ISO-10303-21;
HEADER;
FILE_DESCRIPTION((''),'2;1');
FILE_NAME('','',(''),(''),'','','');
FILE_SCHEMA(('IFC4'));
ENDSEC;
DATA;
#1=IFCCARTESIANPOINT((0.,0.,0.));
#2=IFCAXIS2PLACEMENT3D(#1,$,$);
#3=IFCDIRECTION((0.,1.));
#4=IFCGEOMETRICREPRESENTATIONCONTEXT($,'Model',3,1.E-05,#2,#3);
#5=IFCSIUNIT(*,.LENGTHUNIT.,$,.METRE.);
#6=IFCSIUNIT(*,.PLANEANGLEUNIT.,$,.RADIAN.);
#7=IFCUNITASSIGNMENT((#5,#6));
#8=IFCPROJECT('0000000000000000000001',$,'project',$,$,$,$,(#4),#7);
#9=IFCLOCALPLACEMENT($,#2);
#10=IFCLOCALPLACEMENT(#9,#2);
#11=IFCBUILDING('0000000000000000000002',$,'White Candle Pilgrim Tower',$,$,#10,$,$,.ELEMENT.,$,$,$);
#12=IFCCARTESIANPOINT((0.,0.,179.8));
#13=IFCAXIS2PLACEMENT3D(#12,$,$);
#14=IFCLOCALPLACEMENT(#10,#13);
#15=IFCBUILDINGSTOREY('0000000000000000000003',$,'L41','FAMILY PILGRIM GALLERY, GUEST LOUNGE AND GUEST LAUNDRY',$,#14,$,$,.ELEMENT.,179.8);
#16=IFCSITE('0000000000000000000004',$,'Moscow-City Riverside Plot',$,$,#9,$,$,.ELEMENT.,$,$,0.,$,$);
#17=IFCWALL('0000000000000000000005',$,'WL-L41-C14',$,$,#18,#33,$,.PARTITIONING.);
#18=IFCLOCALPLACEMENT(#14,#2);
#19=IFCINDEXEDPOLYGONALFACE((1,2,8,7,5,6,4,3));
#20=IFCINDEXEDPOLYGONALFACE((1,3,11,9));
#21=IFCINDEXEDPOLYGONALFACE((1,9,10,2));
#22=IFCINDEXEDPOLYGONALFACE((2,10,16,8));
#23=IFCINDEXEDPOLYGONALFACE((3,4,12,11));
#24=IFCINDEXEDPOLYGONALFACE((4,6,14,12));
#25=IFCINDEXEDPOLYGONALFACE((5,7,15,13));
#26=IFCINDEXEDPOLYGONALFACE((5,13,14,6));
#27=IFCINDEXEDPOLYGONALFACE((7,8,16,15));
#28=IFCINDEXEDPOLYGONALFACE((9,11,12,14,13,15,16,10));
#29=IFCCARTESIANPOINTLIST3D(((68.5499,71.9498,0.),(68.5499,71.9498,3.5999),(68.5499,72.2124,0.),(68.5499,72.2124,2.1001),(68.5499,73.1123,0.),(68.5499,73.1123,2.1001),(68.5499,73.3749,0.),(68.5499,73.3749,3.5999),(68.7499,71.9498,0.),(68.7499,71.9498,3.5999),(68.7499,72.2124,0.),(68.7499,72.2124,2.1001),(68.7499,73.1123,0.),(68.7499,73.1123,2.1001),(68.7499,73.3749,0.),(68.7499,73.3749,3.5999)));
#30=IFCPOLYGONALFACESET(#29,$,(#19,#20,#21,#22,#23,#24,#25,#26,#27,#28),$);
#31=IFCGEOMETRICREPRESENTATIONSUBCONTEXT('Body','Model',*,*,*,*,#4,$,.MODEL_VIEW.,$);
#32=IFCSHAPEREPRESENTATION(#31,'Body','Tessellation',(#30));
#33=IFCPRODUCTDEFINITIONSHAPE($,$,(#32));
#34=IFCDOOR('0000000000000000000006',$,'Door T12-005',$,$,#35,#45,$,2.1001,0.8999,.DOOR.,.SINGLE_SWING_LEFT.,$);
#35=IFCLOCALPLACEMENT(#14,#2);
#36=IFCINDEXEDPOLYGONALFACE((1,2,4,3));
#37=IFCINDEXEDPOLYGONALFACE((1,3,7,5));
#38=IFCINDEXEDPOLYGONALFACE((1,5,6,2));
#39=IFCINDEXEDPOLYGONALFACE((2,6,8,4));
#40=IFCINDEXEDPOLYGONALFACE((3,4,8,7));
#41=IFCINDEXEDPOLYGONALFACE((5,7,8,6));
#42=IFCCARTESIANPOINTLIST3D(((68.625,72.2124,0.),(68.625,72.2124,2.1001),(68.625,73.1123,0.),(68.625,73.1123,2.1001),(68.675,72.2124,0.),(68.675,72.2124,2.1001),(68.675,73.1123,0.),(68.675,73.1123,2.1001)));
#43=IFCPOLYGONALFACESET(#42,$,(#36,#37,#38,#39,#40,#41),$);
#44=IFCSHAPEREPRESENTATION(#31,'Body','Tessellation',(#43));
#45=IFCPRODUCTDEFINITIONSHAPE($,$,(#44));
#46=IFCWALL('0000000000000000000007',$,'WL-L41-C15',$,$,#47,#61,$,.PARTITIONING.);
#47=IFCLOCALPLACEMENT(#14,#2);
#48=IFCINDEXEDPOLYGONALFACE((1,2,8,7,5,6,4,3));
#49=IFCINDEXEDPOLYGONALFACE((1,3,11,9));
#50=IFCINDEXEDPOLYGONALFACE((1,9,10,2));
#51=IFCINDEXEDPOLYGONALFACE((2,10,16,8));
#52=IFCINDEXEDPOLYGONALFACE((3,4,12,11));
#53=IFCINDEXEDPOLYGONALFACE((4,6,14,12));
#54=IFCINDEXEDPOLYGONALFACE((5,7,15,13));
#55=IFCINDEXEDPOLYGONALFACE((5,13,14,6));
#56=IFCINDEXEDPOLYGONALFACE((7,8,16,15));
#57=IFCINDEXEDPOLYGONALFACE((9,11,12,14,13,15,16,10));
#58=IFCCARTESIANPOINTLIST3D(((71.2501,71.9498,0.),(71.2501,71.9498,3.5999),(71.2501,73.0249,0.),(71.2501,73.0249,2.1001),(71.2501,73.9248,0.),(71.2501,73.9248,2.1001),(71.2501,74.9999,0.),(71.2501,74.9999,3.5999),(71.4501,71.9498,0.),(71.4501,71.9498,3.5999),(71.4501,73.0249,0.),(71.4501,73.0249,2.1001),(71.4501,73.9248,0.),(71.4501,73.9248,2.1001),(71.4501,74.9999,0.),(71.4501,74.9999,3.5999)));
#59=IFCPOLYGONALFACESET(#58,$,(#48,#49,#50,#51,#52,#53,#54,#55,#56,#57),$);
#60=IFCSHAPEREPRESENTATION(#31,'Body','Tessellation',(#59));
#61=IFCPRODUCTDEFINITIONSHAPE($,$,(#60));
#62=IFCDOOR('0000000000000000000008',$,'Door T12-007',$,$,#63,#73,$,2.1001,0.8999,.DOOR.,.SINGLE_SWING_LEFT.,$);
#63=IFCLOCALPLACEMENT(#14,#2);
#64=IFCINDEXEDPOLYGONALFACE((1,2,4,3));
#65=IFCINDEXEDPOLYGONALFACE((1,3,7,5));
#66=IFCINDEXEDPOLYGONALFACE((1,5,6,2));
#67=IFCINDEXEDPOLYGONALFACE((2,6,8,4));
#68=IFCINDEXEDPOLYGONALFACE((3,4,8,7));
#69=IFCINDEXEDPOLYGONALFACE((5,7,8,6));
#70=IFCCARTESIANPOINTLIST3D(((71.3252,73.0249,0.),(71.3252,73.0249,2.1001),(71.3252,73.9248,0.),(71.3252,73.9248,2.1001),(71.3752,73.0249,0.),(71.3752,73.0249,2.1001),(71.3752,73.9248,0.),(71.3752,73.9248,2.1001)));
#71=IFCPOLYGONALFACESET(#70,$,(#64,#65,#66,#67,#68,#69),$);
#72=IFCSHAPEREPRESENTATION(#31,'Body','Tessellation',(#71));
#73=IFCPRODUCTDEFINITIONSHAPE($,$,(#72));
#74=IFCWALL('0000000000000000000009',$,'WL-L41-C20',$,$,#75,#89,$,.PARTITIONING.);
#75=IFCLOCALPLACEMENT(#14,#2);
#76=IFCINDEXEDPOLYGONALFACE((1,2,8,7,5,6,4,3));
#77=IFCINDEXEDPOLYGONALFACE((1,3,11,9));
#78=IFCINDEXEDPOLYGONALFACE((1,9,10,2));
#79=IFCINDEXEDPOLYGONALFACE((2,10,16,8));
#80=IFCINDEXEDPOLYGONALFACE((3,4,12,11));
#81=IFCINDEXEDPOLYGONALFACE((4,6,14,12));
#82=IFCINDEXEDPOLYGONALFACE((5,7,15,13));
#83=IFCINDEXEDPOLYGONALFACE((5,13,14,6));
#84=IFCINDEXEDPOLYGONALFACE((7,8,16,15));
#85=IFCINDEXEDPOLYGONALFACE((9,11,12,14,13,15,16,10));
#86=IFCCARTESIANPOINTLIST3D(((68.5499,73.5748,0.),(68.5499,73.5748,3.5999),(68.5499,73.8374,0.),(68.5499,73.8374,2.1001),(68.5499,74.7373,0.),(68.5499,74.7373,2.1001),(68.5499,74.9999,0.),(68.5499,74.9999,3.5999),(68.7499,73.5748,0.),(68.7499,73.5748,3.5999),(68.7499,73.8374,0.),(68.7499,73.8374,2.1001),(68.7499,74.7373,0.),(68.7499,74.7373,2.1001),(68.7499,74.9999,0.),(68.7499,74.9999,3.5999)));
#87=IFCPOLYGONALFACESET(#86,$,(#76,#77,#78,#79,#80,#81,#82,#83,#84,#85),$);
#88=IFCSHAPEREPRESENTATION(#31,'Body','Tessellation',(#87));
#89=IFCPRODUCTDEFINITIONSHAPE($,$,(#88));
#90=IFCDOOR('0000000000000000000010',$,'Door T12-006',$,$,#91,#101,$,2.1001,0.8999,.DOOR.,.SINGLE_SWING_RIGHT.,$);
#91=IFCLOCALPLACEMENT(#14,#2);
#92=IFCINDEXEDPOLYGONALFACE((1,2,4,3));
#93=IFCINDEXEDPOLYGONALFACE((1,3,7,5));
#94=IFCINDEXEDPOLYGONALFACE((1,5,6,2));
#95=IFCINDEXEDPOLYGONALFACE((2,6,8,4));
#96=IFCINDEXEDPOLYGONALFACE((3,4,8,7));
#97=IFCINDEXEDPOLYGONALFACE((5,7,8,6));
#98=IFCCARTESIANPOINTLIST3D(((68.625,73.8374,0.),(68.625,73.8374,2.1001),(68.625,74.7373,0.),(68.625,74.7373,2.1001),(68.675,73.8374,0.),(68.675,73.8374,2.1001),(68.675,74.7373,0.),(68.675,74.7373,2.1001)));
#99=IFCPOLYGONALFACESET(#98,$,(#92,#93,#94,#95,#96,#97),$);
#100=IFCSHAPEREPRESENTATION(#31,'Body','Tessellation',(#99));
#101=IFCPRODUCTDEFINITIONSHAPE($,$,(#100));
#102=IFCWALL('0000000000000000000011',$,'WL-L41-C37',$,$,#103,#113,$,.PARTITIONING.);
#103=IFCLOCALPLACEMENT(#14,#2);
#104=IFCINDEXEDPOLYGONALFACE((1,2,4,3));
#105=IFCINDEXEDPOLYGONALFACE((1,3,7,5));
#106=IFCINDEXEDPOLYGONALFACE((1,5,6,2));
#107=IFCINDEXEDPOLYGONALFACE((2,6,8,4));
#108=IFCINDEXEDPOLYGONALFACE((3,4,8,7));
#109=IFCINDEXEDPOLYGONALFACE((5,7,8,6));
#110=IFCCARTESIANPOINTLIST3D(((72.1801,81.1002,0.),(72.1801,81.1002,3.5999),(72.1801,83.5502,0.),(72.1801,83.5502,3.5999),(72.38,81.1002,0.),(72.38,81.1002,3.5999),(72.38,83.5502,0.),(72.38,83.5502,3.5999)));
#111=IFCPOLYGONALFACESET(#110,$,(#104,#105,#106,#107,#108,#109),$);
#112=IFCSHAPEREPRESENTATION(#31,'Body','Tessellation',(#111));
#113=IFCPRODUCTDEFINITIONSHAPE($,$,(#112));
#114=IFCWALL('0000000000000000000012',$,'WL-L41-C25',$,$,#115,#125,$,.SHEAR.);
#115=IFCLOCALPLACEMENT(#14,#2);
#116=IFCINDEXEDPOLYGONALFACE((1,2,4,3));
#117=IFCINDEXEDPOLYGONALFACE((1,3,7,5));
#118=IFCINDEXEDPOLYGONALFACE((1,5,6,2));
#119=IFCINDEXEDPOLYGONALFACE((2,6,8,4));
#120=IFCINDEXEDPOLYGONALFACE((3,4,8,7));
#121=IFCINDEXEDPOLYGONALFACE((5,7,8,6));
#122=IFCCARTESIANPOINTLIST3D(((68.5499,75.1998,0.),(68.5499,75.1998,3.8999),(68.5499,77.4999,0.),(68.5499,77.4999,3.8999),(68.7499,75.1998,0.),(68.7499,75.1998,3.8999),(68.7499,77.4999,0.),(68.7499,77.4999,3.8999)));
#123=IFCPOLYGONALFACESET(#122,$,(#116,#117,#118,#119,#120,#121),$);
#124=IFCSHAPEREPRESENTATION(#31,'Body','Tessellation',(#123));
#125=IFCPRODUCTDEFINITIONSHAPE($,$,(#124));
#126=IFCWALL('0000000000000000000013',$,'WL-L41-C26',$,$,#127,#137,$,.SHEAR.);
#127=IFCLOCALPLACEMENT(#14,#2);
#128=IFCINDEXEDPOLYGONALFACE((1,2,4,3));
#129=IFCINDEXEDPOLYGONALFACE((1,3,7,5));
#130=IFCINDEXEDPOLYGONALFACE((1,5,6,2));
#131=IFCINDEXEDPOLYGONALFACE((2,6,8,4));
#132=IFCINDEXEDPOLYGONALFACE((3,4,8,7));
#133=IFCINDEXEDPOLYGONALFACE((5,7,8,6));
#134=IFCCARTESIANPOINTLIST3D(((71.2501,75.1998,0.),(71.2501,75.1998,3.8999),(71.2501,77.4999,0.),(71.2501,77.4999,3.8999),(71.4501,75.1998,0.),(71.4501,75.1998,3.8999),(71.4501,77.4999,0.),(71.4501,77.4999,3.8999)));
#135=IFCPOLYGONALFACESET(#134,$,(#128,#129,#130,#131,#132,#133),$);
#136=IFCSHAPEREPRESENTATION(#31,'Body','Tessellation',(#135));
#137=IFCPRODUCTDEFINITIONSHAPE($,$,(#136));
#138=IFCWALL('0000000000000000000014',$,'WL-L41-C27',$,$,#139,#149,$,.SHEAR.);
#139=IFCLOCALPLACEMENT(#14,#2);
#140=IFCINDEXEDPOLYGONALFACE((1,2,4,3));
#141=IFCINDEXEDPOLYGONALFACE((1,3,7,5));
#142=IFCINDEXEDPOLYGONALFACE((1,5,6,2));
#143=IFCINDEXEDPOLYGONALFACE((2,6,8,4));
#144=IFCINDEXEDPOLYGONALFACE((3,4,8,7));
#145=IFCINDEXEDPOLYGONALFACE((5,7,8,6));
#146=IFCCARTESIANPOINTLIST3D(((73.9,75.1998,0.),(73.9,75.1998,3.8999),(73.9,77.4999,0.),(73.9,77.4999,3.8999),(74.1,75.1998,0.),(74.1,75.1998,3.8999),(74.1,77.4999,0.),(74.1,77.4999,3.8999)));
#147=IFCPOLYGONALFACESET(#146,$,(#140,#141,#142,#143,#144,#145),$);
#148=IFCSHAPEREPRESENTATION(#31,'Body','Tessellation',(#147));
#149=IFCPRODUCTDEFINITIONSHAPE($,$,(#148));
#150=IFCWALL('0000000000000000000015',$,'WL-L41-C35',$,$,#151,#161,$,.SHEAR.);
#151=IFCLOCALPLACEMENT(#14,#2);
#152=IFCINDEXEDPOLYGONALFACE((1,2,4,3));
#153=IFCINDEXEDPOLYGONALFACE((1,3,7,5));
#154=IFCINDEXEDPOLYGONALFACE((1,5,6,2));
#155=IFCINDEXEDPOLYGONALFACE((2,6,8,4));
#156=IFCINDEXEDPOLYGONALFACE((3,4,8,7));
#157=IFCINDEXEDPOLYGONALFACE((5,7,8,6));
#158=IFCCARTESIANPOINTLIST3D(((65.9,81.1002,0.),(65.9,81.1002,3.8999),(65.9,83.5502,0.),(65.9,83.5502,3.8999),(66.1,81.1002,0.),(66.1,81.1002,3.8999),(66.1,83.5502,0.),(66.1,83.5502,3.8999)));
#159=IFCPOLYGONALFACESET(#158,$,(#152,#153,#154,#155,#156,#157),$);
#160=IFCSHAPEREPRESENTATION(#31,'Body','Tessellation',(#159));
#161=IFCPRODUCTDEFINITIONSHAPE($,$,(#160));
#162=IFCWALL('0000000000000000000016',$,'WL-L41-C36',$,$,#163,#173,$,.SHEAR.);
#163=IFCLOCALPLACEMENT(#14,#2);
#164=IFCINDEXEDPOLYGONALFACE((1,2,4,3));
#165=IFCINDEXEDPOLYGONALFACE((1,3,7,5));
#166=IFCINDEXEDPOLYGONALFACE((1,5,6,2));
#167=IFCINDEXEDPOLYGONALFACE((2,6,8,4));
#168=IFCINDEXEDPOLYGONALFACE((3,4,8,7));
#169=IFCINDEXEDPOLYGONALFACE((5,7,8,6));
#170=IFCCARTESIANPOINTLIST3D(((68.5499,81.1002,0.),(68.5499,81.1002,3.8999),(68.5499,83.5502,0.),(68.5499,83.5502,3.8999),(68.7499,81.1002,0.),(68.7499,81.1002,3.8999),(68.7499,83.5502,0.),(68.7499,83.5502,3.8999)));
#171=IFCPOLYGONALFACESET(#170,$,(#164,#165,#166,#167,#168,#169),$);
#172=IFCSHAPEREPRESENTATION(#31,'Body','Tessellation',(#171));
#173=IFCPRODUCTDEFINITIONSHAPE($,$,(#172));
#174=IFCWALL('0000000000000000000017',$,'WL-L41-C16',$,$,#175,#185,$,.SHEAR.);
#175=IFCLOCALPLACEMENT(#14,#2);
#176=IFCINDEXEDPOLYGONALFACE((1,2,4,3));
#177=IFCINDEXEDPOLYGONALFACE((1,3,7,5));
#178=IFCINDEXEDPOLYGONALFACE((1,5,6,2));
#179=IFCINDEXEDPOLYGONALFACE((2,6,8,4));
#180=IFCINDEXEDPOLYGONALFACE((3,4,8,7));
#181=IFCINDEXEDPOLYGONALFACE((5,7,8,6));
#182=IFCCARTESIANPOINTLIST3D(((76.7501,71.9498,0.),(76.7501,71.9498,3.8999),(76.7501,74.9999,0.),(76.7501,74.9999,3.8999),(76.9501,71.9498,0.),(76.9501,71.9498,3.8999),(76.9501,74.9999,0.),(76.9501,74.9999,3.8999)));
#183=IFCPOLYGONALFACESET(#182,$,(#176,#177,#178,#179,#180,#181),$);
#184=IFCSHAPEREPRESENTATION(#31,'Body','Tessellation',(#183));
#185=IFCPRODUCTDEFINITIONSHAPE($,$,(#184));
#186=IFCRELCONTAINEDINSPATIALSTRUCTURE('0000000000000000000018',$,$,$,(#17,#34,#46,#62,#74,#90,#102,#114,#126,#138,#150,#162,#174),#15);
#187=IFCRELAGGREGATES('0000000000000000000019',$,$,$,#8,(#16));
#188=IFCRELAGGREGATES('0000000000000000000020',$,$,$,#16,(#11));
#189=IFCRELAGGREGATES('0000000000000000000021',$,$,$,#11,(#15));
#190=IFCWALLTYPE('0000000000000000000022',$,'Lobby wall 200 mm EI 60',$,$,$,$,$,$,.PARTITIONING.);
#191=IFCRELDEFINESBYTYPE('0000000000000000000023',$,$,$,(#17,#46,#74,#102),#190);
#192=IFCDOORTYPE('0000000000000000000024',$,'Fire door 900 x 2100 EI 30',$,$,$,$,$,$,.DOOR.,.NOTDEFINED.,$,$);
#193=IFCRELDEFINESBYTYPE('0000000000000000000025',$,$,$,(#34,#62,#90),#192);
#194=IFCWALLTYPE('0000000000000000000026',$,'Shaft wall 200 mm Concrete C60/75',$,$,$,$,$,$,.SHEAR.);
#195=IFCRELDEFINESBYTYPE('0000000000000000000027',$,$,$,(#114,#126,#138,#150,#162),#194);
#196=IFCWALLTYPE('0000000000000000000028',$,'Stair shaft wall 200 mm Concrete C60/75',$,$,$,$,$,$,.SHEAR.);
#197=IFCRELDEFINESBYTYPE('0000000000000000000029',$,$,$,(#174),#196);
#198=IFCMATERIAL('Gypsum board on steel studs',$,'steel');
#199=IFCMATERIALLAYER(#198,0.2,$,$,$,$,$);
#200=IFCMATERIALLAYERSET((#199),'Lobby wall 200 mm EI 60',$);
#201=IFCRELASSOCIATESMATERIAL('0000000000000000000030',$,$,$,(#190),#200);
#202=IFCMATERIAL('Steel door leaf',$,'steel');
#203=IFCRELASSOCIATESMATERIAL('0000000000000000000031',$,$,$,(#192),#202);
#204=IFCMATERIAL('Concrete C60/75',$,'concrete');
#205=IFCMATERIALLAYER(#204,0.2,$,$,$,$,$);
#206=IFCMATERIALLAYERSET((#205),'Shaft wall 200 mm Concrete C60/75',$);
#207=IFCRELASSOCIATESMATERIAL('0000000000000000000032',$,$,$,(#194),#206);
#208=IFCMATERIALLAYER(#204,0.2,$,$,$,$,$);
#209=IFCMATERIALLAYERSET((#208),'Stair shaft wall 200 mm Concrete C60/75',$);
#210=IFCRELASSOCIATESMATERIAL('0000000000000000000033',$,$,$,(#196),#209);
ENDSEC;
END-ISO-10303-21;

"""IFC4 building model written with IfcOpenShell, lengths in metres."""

from ifc_helpers import new_model, si_unit, direction, frame, frame_2d, origin, place, context, subcontext, project, spatial, rectangle, extrude, material, layer, layer_set, type_object, element, fill, save


model = new_model("IFC4")

# Units and contexts
model_context = context("Model", 3, precision=1e-05, world=origin(), true_north=direction((0.0, 1.0)))
body_context = subcontext(model_context, "Body", "Model", "MODEL_VIEW")
ifc_project = project(units=[si_unit("LENGTHUNIT", "METRE"), si_unit("PLANEANGLEUNIT", "RADIAN")], contexts=[model_context])

# Site, building, storey
site_placement = place(None, origin())
site = spatial("IfcSite", under=ifc_project, at=site_placement, Name="Moscow-City Riverside Plot", CompositionType="ELEMENT", RefElevation=0.0)
building_placement = place(site_placement, origin())
building = spatial("IfcBuilding", under=site, at=building_placement, Name="White Candle Pilgrim Tower", CompositionType="ELEMENT")
storey_placement = place(building_placement, frame((0.0, 0.0, 179.8)))
storey = spatial("IfcBuildingStorey", under=building, at=storey_placement, Name="L41", Description="FAMILY PILGRIM GALLERY, GUEST LOUNGE AND GUEST LAUNDRY", CompositionType="ELEMENT", Elevation=179.8)

# Walls, openings, doors
ifc_material_1 = material(Name="Gypsum board on steel studs", Category="steel")
ifc_layer_1 = layer(ifc_material_1, 0.2)
ifc_layer_set_1 = layer_set([ifc_layer_1], Name="Lobby wall 200 mm EI 60")
wall_type_1 = type_object("IfcWallType", Name="Lobby wall 200 mm EI 60", PredefinedType="PARTITIONING", material=ifc_layer_set_1)
wall_1_placement = place(storey_placement, frame((68.6499, 71.95, 0.0), z_axis=(0.0, 0.0, 1.0), x_axis=(0.0, 1.0, 0.0)))
wall_1 = element("IfcWall", 1, at=wall_1_placement, inside=storey, type_object=wall_type_1, Name="WL-L41-C14", PredefinedType="PARTITIONING", context=body_context, shape_type="SweptSolid", body=[
    extrude(rectangle(XDim=1.425, YDim=0.2, at=frame_2d((0.7124, 0.0))), origin(), (0.0, 0.0, 1.0), 3.5999),
])
opening_1_placement = place(wall_1_placement, frame((0.2625, 0.0, 0.0)))
opening_1 = element("IfcOpeningElement", 2, at=opening_1_placement, cuts=wall_1, PredefinedType="OPENING", context=body_context, shape_type="SweptSolid", body=[
    extrude(rectangle(XDim=0.8999, YDim=2.1001, at=frame_2d((0.45, 1.05))), frame((0.0, 0.1099, 0.0), z_axis=(0.0, -1.0, 0.0), x_axis=(1.0, 0.0, 0.0)), (0.0, 0.0, 1.0), 0.22),
])
ifc_material_2 = material(Name="Steel door leaf", Category="steel")
door_type_1 = type_object("IfcDoorType", Name="Fire door 900 x 2100 EI 30", OperationType="NOTDEFINED", PredefinedType="DOOR", material=ifc_material_2)
door_1_placement = place(opening_1_placement, origin())
door_1 = element("IfcDoor", 3, at=door_1_placement, inside=storey, type_object=door_type_1, Name="Door T12-005", OperationType="SINGLE_SWING_LEFT", OverallHeight=2.1001, OverallWidth=0.8999, PredefinedType="DOOR", context=body_context, shape_type="SweptSolid", body=[
    extrude(rectangle(XDim=0.8999, YDim=2.1001, at=frame_2d((0.45, 1.05))), frame((0.0, 0.0249, 0.0), z_axis=(0.0, -1.0, 0.0), x_axis=(1.0, 0.0, 0.0)), (0.0, 0.0, 1.0), 0.05),
])
fill(opening_1, door_1)
wall_2_placement = place(storey_placement, frame((71.3501, 71.95, 0.0), z_axis=(0.0, 0.0, 1.0), x_axis=(0.0, 1.0, 0.0)))
wall_2 = element("IfcWall", 4, at=wall_2_placement, inside=storey, type_object=wall_type_1, Name="WL-L41-C15", PredefinedType="PARTITIONING", context=body_context, shape_type="SweptSolid", body=[
    extrude(rectangle(XDim=3.05, YDim=0.2, at=frame_2d((1.5249, 0.0))), origin(), (0.0, 0.0, 1.0), 3.5999),
])
opening_2_placement = place(wall_2_placement, frame((1.075, 0.0, 0.0)))
opening_2 = element("IfcOpeningElement", 5, at=opening_2_placement, cuts=wall_2, PredefinedType="OPENING", context=body_context, shape_type="SweptSolid", body=[
    extrude(rectangle(XDim=0.8999, YDim=2.1001, at=frame_2d((0.45, 1.05))), frame((0.0, 0.1099, 0.0), z_axis=(0.0, -1.0, 0.0), x_axis=(1.0, 0.0, 0.0)), (0.0, 0.0, 1.0), 0.22),
])
door_2_placement = place(opening_2_placement, origin())
door_2 = element("IfcDoor", 6, at=door_2_placement, inside=storey, type_object=door_type_1, Name="Door T12-007", OperationType="SINGLE_SWING_LEFT", OverallHeight=2.1001, OverallWidth=0.8999, PredefinedType="DOOR", context=body_context, shape_type="SweptSolid", body=[
    extrude(rectangle(XDim=0.8999, YDim=2.1001, at=frame_2d((0.45, 1.05))), frame((0.0, 0.0249, 0.0), z_axis=(0.0, -1.0, 0.0), x_axis=(1.0, 0.0, 0.0)), (0.0, 0.0, 1.0), 0.05),
])
fill(opening_2, door_2)
wall_3_placement = place(storey_placement, frame((68.6499, 73.575, 0.0), z_axis=(0.0, 0.0, 1.0), x_axis=(0.0, 1.0, 0.0)))
wall_3 = element("IfcWall", 7, at=wall_3_placement, inside=storey, type_object=wall_type_1, Name="WL-L41-C20", PredefinedType="PARTITIONING", context=body_context, shape_type="SweptSolid", body=[
    extrude(rectangle(XDim=1.425, YDim=0.2, at=frame_2d((0.7124, 0.0))), origin(), (0.0, 0.0, 1.0), 3.5999),
])
opening_3_placement = place(wall_3_placement, frame((0.2625, 0.0, 0.0)))
opening_3 = element("IfcOpeningElement", 8, at=opening_3_placement, cuts=wall_3, PredefinedType="OPENING", context=body_context, shape_type="SweptSolid", body=[
    extrude(rectangle(XDim=0.8999, YDim=2.1001, at=frame_2d((0.45, 1.05))), frame((0.0, 0.1099, 0.0), z_axis=(0.0, -1.0, 0.0), x_axis=(1.0, 0.0, 0.0)), (0.0, 0.0, 1.0), 0.22),
])
door_3_placement = place(opening_3_placement, origin())
door_3 = element("IfcDoor", 9, at=door_3_placement, inside=storey, type_object=door_type_1, Name="Door T12-006", OperationType="SINGLE_SWING_RIGHT", OverallHeight=2.1001, OverallWidth=0.8999, PredefinedType="DOOR", context=body_context, shape_type="SweptSolid", body=[
    extrude(rectangle(XDim=0.8999, YDim=2.1001, at=frame_2d((0.45, 1.05))), frame((0.0, 0.0249, 0.0), z_axis=(0.0, -1.0, 0.0), x_axis=(1.0, 0.0, 0.0)), (0.0, 0.0, 1.0), 0.05),
])
fill(opening_3, door_3)

# Walls
wall_4_placement = place(storey_placement, frame((72.28, 81.1001, 0.0), z_axis=(0.0, 0.0, 1.0), x_axis=(0.0, 1.0, 0.0)))
element("IfcWall", 10, at=wall_4_placement, inside=storey, type_object=wall_type_1, Name="WL-L41-C37", PredefinedType="PARTITIONING", context=body_context, shape_type="SweptSolid", body=[
    extrude(rectangle(XDim=2.45, YDim=0.2, at=frame_2d((1.2251, 0.0))), origin(), (0.0, 0.0, 1.0), 3.5999),
])
ifc_material_3 = material(Name="Concrete C60/75", Category="concrete")
ifc_layer_2 = layer(ifc_material_3, 0.2)
ifc_layer_set_2 = layer_set([ifc_layer_2], Name="Shaft wall 200 mm Concrete C60/75")
wall_type_2 = type_object("IfcWallType", Name="Shaft wall 200 mm Concrete C60/75", PredefinedType="SHEAR", material=ifc_layer_set_2)
for number, where, z_axis, x_axis, name in (
    (11, (68.6499, 75.2, 0.0), (0.0, 0.0, 1.0), (0.0, 1.0, 0.0), "WL-L41-C25"),
    (12, (71.3501, 75.2, 0.0), (0.0, 0.0, 1.0), (0.0, 1.0, 0.0), "WL-L41-C26"),
    (13, (74.0, 75.2, 0.0), (0.0, 0.0, 1.0), (0.0, 1.0, 0.0), "WL-L41-C27"),
):
    element("IfcWall", number, at=place(storey_placement, frame(where, z_axis=z_axis, x_axis=x_axis)), inside=storey, type_object=wall_type_2, Name=name, PredefinedType="SHEAR", context=body_context, shape_type="SweptSolid", body=[
        extrude(rectangle(XDim=2.3, YDim=0.2, at=frame_2d((1.1499, 0.0))), origin(), (0.0, 0.0, 1.0), 3.8999),
    ])
for number, where, z_axis, x_axis, name in (
    (14, (66.0, 81.1001, 0.0), (0.0, 0.0, 1.0), (0.0, 1.0, 0.0), "WL-L41-C35"),
    (15, (68.6499, 81.1001, 0.0), (0.0, 0.0, 1.0), (0.0, 1.0, 0.0), "WL-L41-C36"),
):
    element("IfcWall", number, at=place(storey_placement, frame(where, z_axis=z_axis, x_axis=x_axis)), inside=storey, type_object=wall_type_2, Name=name, PredefinedType="SHEAR", context=body_context, shape_type="SweptSolid", body=[
        extrude(rectangle(XDim=2.45, YDim=0.2, at=frame_2d((1.2251, 0.0))), origin(), (0.0, 0.0, 1.0), 3.8999),
    ])
ifc_layer_3 = layer(ifc_material_3, 0.2)
ifc_layer_set_3 = layer_set([ifc_layer_3], Name="Stair shaft wall 200 mm Concrete C60/75")
wall_type_3 = type_object("IfcWallType", Name="Stair shaft wall 200 mm Concrete C60/75", PredefinedType="SHEAR", material=ifc_layer_set_3)
wall_5_placement = place(storey_placement, frame((76.8501, 71.95, 0.0), z_axis=(0.0, 0.0, 1.0), x_axis=(0.0, 1.0, 0.0)))
element("IfcWall", 16, at=wall_5_placement, inside=storey, type_object=wall_type_3, Name="WL-L41-C16", PredefinedType="SHEAR", context=body_context, shape_type="SweptSolid", body=[
    extrude(rectangle(XDim=3.05, YDim=0.2, at=frame_2d((1.5249, 0.0))), origin(), (0.0, 0.0, 1.0), 3.8999),
])

save(model, "model.ifc")
